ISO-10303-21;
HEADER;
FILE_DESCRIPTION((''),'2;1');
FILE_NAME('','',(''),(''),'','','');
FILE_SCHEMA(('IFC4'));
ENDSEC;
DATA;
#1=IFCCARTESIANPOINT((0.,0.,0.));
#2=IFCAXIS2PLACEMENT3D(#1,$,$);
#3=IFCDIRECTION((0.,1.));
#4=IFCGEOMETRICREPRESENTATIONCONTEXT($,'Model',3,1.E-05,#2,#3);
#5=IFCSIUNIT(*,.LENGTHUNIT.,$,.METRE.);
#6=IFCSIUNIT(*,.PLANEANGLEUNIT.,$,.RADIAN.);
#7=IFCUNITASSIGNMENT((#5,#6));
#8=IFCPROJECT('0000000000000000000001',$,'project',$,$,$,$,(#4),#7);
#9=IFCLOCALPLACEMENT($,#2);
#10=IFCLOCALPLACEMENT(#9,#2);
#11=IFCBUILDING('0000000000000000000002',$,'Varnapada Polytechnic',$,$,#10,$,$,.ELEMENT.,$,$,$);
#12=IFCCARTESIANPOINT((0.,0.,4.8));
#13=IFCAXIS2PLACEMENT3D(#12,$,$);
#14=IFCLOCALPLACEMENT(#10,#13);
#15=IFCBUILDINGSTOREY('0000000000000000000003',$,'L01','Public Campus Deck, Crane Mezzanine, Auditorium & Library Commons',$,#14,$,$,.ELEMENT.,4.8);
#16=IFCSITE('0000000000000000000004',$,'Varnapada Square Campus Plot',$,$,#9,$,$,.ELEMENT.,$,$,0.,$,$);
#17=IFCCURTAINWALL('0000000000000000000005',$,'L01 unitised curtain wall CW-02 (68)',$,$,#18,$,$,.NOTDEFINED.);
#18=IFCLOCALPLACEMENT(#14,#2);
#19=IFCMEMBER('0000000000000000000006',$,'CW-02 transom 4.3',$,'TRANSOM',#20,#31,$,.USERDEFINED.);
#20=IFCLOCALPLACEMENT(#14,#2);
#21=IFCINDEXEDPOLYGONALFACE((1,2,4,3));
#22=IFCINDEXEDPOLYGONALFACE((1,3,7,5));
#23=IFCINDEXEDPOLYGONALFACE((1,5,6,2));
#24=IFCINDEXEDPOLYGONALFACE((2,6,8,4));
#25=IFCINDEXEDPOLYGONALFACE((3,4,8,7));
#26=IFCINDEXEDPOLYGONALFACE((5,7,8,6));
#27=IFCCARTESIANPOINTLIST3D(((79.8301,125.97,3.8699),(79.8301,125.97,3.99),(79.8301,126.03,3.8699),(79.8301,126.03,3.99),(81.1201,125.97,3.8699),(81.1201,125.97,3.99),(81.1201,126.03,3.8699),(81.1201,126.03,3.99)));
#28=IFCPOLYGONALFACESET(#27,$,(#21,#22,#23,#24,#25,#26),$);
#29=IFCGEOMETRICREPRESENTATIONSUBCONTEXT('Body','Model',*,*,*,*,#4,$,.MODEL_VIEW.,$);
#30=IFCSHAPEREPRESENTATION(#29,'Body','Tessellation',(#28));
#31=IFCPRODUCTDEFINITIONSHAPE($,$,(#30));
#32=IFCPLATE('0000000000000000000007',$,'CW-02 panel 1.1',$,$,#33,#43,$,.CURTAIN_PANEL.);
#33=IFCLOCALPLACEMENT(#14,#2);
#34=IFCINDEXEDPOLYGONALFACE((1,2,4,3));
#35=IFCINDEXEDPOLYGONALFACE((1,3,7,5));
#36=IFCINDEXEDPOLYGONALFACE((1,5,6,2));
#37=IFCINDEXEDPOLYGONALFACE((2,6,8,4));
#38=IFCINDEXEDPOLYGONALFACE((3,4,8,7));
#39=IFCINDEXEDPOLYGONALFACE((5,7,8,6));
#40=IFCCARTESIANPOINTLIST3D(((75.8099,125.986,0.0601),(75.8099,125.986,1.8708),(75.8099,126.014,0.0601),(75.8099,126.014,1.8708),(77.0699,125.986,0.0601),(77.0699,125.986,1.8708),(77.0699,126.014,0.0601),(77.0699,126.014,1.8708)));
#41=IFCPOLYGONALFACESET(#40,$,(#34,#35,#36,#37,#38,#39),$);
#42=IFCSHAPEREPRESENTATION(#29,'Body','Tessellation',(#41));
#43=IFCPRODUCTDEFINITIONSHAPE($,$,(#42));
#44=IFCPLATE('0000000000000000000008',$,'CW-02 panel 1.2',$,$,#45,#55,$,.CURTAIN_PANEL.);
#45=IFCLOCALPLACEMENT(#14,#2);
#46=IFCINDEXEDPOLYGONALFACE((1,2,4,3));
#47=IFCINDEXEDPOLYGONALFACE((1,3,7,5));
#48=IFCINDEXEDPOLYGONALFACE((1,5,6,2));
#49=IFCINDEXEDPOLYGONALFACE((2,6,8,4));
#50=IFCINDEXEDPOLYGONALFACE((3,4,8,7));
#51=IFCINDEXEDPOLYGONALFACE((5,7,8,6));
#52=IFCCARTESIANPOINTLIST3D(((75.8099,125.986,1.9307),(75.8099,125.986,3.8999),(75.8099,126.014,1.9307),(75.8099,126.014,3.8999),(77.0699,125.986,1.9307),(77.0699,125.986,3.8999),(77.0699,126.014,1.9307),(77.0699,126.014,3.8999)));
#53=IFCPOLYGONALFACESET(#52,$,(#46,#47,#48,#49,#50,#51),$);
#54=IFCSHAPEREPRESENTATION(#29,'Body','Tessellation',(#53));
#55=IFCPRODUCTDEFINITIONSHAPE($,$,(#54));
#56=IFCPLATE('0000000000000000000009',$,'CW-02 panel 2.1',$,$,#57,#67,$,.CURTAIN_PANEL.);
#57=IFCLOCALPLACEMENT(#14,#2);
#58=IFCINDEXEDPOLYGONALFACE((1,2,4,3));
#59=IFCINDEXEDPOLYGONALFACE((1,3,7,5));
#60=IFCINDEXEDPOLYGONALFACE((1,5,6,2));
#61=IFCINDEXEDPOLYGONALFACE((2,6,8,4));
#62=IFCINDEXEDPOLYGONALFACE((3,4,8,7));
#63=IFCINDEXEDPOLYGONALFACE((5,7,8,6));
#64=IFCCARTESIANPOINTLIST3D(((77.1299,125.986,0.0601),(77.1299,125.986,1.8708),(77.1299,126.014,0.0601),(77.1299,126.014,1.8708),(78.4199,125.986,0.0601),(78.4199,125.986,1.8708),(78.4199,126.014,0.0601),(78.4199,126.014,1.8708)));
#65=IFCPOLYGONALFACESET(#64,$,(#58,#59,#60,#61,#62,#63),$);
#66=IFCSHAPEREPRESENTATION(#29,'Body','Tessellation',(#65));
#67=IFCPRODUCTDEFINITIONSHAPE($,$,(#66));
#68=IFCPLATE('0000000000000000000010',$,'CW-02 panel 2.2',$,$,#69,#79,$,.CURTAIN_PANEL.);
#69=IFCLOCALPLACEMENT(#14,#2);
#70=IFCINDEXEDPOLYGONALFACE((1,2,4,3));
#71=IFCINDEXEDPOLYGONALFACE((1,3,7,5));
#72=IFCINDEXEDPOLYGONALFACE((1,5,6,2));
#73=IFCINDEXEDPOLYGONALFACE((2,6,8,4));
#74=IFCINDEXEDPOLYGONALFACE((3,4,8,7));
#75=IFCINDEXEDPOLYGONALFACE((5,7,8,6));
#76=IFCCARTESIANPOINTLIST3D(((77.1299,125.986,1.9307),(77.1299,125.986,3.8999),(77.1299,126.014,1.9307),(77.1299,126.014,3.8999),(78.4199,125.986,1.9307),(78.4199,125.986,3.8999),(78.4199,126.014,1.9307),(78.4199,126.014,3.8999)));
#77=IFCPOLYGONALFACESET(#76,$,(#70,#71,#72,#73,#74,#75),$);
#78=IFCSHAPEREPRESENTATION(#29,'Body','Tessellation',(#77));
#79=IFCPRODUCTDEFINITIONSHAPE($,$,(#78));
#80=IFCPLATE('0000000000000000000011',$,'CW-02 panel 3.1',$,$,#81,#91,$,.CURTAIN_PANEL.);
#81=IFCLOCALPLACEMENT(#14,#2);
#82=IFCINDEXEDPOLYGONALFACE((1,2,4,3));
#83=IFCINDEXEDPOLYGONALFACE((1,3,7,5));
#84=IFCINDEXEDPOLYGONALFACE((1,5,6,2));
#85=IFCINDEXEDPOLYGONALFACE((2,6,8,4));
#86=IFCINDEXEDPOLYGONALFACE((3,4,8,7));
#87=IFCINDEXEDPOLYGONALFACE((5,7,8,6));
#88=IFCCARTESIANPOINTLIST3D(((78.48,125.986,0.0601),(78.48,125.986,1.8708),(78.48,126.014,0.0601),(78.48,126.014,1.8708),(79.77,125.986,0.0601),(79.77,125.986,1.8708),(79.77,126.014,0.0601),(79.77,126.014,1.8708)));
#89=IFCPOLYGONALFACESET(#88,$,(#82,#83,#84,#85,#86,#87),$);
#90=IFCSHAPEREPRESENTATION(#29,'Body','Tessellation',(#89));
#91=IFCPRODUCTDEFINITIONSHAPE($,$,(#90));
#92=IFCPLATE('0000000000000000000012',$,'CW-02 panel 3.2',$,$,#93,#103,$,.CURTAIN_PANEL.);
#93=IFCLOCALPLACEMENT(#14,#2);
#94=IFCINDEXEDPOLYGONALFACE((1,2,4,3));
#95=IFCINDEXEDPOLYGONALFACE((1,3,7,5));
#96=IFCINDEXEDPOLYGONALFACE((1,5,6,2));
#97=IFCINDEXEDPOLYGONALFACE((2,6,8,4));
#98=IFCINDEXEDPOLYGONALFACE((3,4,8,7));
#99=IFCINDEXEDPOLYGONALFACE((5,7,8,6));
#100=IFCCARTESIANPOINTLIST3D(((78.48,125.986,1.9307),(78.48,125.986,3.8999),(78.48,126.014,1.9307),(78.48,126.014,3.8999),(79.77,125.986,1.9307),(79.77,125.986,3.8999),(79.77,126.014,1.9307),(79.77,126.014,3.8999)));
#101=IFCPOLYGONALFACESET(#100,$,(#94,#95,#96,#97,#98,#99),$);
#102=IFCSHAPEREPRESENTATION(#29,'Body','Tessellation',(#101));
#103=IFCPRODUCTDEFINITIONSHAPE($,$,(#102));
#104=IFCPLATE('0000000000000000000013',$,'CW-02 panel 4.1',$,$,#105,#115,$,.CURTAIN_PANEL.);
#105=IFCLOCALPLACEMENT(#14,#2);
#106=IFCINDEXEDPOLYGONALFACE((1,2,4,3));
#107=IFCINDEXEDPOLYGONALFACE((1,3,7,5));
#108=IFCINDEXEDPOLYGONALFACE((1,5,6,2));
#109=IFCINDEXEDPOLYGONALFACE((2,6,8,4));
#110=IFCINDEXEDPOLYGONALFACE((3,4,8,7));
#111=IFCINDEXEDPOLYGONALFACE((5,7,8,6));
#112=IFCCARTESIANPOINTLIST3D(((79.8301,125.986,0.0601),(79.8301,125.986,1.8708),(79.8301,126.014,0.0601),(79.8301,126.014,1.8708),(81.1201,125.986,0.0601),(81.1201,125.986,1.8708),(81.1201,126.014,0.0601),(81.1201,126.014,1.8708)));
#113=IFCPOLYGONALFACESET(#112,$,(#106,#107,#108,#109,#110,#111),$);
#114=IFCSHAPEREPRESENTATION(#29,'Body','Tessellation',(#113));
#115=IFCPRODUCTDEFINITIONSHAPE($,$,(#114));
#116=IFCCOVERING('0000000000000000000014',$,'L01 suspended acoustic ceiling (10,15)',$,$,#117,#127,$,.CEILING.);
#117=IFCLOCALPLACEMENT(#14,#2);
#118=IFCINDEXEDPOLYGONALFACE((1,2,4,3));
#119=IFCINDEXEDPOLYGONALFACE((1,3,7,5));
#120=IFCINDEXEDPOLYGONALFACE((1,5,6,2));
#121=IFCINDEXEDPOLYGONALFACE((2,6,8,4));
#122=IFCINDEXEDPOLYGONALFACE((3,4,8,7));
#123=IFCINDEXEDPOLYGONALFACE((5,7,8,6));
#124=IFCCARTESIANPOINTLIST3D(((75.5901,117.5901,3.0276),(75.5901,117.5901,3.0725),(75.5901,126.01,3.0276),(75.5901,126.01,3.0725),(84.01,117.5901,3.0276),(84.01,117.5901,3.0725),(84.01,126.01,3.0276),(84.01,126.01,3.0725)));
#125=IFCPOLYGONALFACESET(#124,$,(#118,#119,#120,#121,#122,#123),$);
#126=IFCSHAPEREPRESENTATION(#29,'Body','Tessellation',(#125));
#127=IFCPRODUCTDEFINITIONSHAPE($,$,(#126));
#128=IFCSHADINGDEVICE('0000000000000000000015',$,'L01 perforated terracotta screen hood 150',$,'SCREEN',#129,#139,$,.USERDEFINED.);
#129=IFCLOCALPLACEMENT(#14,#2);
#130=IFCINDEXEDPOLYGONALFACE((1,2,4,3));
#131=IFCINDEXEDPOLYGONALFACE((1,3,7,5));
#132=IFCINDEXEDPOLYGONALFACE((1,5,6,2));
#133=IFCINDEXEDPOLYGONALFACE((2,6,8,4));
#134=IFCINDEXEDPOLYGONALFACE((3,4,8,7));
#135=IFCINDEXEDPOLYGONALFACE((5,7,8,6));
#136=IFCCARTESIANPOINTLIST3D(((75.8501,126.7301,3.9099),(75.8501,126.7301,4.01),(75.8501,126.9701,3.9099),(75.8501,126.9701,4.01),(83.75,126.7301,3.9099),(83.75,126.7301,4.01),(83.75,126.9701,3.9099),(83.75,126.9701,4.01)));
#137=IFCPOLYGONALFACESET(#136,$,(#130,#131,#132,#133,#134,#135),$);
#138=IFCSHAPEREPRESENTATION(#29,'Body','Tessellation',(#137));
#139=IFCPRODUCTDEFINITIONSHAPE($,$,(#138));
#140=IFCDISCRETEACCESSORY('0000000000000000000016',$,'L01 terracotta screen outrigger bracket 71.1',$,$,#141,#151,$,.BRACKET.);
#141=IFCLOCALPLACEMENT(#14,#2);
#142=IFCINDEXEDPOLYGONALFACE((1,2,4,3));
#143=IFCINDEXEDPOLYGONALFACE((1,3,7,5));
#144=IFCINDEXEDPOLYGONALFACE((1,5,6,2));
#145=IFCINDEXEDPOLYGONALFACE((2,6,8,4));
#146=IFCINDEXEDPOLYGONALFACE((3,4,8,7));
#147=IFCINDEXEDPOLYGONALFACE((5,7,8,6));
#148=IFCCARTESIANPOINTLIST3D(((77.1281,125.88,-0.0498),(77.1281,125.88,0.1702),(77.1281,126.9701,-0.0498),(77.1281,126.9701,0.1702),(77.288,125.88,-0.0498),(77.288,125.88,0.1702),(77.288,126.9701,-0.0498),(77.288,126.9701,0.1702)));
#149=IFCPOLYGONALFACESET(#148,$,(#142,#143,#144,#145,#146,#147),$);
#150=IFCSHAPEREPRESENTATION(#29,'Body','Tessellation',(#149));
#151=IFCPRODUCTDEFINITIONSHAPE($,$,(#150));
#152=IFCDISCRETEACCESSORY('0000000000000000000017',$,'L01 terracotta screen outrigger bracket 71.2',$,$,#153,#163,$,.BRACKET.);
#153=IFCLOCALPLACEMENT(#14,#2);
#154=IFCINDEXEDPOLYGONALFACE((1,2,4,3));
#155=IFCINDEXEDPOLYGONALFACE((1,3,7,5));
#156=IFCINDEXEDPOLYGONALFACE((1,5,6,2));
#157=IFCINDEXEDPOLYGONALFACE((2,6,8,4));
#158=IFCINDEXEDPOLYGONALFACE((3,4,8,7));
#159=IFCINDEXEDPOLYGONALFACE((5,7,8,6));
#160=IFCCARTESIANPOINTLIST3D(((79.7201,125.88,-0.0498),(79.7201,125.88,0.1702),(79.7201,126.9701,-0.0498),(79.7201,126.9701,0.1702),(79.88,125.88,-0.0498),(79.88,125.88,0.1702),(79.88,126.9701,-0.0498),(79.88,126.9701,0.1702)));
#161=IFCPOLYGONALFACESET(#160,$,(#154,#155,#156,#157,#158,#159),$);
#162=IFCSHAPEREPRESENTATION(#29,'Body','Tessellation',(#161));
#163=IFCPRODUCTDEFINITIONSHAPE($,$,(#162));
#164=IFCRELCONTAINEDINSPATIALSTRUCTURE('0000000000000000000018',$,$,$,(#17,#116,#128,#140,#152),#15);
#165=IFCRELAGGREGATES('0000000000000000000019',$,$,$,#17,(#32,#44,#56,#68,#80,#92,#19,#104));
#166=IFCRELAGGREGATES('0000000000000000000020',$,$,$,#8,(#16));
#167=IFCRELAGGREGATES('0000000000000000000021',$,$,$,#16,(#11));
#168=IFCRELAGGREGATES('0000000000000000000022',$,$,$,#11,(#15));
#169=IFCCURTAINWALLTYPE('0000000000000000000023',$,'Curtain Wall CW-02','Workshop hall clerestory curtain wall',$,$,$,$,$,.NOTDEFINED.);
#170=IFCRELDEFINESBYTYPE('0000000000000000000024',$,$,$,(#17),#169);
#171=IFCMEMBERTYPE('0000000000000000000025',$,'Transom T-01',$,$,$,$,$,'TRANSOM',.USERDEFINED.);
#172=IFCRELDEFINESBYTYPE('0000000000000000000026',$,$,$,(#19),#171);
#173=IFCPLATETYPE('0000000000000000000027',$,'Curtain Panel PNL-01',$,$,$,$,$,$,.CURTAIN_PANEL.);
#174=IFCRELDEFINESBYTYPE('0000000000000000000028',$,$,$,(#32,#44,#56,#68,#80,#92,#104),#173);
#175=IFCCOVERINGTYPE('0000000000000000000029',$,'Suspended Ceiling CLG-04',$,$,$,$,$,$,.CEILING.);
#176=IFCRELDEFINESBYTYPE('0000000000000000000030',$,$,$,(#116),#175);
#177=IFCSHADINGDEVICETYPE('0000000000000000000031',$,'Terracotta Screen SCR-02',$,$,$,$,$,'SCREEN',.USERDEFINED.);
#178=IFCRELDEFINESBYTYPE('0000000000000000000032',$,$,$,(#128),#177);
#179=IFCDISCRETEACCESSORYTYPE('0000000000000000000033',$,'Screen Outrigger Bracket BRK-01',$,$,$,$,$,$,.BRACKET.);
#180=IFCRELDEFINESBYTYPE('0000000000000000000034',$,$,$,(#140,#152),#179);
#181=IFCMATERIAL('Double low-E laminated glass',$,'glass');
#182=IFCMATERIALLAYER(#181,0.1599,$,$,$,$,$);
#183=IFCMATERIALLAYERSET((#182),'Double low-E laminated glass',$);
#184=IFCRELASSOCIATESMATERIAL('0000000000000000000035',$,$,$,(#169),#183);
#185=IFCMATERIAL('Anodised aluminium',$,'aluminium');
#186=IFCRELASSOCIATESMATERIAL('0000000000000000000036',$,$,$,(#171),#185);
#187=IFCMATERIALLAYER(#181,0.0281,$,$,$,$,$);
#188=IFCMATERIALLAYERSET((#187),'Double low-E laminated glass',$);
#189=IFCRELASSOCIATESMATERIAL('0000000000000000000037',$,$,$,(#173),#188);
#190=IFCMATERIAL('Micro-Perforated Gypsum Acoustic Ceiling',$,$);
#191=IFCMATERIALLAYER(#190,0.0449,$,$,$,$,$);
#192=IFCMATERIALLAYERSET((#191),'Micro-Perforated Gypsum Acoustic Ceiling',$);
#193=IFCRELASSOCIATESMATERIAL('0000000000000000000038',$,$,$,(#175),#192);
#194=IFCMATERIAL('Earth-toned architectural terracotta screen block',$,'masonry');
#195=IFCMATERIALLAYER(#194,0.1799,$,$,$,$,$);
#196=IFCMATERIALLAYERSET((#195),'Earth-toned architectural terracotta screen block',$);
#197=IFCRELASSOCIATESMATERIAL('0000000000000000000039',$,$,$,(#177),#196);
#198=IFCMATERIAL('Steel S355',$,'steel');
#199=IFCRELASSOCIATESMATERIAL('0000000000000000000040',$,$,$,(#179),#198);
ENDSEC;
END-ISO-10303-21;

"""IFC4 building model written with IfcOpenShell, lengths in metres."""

from ifc_helpers import new_model, si_unit, direction, frame, origin, origin_2d, place, context, subcontext, project, spatial, rectangle, extrude, material, layer, layer_set, material_profile, profile_set, type_object, element, aggregate, save


model = new_model("IFC4")

# Units and contexts
model_context = context("Model", 3, precision=1e-05, world=origin(), true_north=direction((0.0, 1.0)))
body_context = subcontext(model_context, "Body", "Model", "MODEL_VIEW")
ifc_project = project(units=[si_unit("LENGTHUNIT", "METRE"), si_unit("PLANEANGLEUNIT", "RADIAN")], contexts=[model_context])

# Site, building, storey
site_placement = place(None, origin())
site = spatial("IfcSite", under=ifc_project, at=site_placement, Name="Varnapada Square Campus Plot", CompositionType="ELEMENT", RefElevation=0.0)
building_placement = place(site_placement, origin())
building = spatial("IfcBuilding", under=site, at=building_placement, Name="Varnapada Polytechnic", CompositionType="ELEMENT")
storey_placement = place(building_placement, frame((0.0, 0.0, 4.8)))
storey = spatial("IfcBuildingStorey", under=building, at=storey_placement, Name="L01", Description="Public Campus Deck, Crane Mezzanine, Auditorium & Library Commons", CompositionType="ELEMENT", Elevation=4.8)

# Curtain wall, member, plates
ifc_material_1 = material(Name="Double low-E laminated glass", Category="glass")
ifc_layer_1 = layer(ifc_material_1, 0.1599)
ifc_layer_set_1 = layer_set([ifc_layer_1], Name="Double low-E laminated glass")
curtain_wall_type = type_object("IfcCurtainWallType", Name="Curtain Wall CW-02", Description="Workshop hall clerestory curtain wall", PredefinedType="NOTDEFINED", material=ifc_layer_set_1)
curtain_wall_placement = place(storey_placement, origin())
curtain_wall = element("IfcCurtainWall", 1, at=curtain_wall_placement, inside=storey, type_object=curtain_wall_type, Name="L01 unitised curtain wall CW-02 (68)", PredefinedType="NOTDEFINED")
ifc_material_2 = material(Name="Anodised aluminium", Category="aluminium")
ifc_material_profile_1 = material_profile(ifc_material_2, rectangle(XDim=0.0601, YDim=0.1201, at=origin_2d()), Name="ALU T60x120")
ifc_profile_set_1 = profile_set([ifc_material_profile_1], Name="Anodised aluminium")
member_type_1 = type_object("IfcMemberType", Name="Transom T-01", ElementType="TRANSOM", PredefinedType="USERDEFINED", material=ifc_profile_set_1)
member_1_placement = place(storey_placement, frame((79.8301, 126.0, 3.9299), z_axis=(1.0, 0.0, 0.0), x_axis=(0.0, 1.0, 0.0)))
member_1 = element("IfcMember", 2, at=member_1_placement, type_object=member_type_1, Name="CW-02 transom 4.3", ObjectType="TRANSOM", PredefinedType="USERDEFINED", context=body_context, shape_type="SweptSolid", body=[
    extrude(rectangle(XDim=0.0601, YDim=0.1201, at=origin_2d()), origin(), (0.0, 0.0, 1.0), 1.29),
])
ifc_layer_2 = layer(ifc_material_1, 0.0281)
ifc_layer_set_2 = layer_set([ifc_layer_2], Name="Double low-E laminated glass")
plate_type = type_object("IfcPlateType", Name="Curtain Panel PNL-01", PredefinedType="CURTAIN_PANEL", material=ifc_layer_set_2)
plate_1_placement = place(storey_placement, frame((76.4399, 126.0, 0.0601), z_axis=(0.0, 0.0, 1.0), x_axis=(1.0, 0.0, 0.0)))
plate_1 = element("IfcPlate", 3, at=plate_1_placement, type_object=plate_type, Name="CW-02 panel 1.1", PredefinedType="CURTAIN_PANEL", context=body_context, shape_type="SweptSolid", body=[
    extrude(rectangle(XDim=1.26, YDim=0.0281, at=origin_2d()), origin(), (0.0, 0.0, 1.0), 1.8108),
])
plate_2_placement = place(storey_placement, frame((76.4399, 126.0, 1.9307), z_axis=(0.0, 0.0, 1.0), x_axis=(1.0, 0.0, 0.0)))
plate_2 = element("IfcPlate", 4, at=plate_2_placement, type_object=plate_type, Name="CW-02 panel 1.2", PredefinedType="CURTAIN_PANEL", context=body_context, shape_type="SweptSolid", body=[
    extrude(rectangle(XDim=1.26, YDim=0.0281, at=origin_2d()), origin(), (0.0, 0.0, 1.0), 1.9692),
])
plate_3_placement = place(storey_placement, frame((77.7749, 126.0, 0.0601), z_axis=(0.0, 0.0, 1.0), x_axis=(1.0, 0.0, 0.0)))
plate_3 = element("IfcPlate", 5, at=plate_3_placement, type_object=plate_type, Name="CW-02 panel 2.1", PredefinedType="CURTAIN_PANEL", context=body_context, shape_type="SweptSolid", body=[
    extrude(rectangle(XDim=1.29, YDim=0.0281, at=origin_2d()), origin(), (0.0, 0.0, 1.0), 1.8108),
])
plate_4_placement = place(storey_placement, frame((77.7749, 126.0, 1.9307), z_axis=(0.0, 0.0, 1.0), x_axis=(1.0, 0.0, 0.0)))
plate_4 = element("IfcPlate", 6, at=plate_4_placement, type_object=plate_type, Name="CW-02 panel 2.2", PredefinedType="CURTAIN_PANEL", context=body_context, shape_type="SweptSolid", body=[
    extrude(rectangle(XDim=1.29, YDim=0.0281, at=origin_2d()), origin(), (0.0, 0.0, 1.0), 1.9692),
])
plate_5_placement = place(storey_placement, frame((79.125, 126.0, 0.0601), z_axis=(0.0, 0.0, 1.0), x_axis=(1.0, 0.0, 0.0)))
plate_5 = element("IfcPlate", 7, at=plate_5_placement, type_object=plate_type, Name="CW-02 panel 3.1", PredefinedType="CURTAIN_PANEL", context=body_context, shape_type="SweptSolid", body=[
    extrude(rectangle(XDim=1.29, YDim=0.0281, at=origin_2d()), origin(), (0.0, 0.0, 1.0), 1.8108),
])
plate_6_placement = place(storey_placement, frame((79.125, 126.0, 1.9307), z_axis=(0.0, 0.0, 1.0), x_axis=(1.0, 0.0, 0.0)))
plate_6 = element("IfcPlate", 8, at=plate_6_placement, type_object=plate_type, Name="CW-02 panel 3.2", PredefinedType="CURTAIN_PANEL", context=body_context, shape_type="SweptSolid", body=[
    extrude(rectangle(XDim=1.29, YDim=0.0281, at=origin_2d()), origin(), (0.0, 0.0, 1.0), 1.9692),
])
plate_7_placement = place(storey_placement, frame((80.4751, 126.0, 0.0601), z_axis=(0.0, 0.0, 1.0), x_axis=(1.0, 0.0, 0.0)))
plate_7 = element("IfcPlate", 9, at=plate_7_placement, type_object=plate_type, Name="CW-02 panel 4.1", PredefinedType="CURTAIN_PANEL", context=body_context, shape_type="SweptSolid", body=[
    extrude(rectangle(XDim=1.29, YDim=0.0281, at=origin_2d()), origin(), (0.0, 0.0, 1.0), 1.8108),
])
aggregate(curtain_wall, [plate_1, plate_2, plate_3, plate_4, plate_5, plate_6, member_1, plate_7])

# Covering
ifc_material_3 = material(Name="Micro-Perforated Gypsum Acoustic Ceiling")
ifc_layer_3 = layer(ifc_material_3, 0.0449)
ifc_layer_set_3 = layer_set([ifc_layer_3], Name="Micro-Perforated Gypsum Acoustic Ceiling")
covering_type = type_object("IfcCoveringType", Name="Suspended Ceiling CLG-04", PredefinedType="CEILING", material=ifc_layer_set_3)
covering_placement = place(storey_placement, frame((79.8, 121.8, 3.0276), z_axis=(0.0, 0.0, 1.0), x_axis=(1.0, 0.0, 0.0)))
element("IfcCovering", 10, at=covering_placement, inside=storey, type_object=covering_type, Name="L01 suspended acoustic ceiling (10,15)", PredefinedType="CEILING", context=body_context, shape_type="SweptSolid", body=[
    extrude(rectangle(XDim=8.4199, YDim=8.4199, at=origin_2d()), origin(), (0.0, 0.0, 1.0), 0.0449),
])

# Shading device
ifc_material_4 = material(Name="Earth-toned architectural terracotta screen block", Category="masonry")
ifc_layer_4 = layer(ifc_material_4, 0.1799)
ifc_layer_set_4 = layer_set([ifc_layer_4], Name="Earth-toned architectural terracotta screen block")
shading_device_type = type_object("IfcShadingDeviceType", Name="Terracotta Screen SCR-02", ElementType="SCREEN", PredefinedType="USERDEFINED", material=ifc_layer_set_4)
shading_device_placement = place(storey_placement, frame((79.8, 126.8501, 3.9099), z_axis=(0.0, 0.0, 1.0), x_axis=(1.0, 0.0, 0.0)))
element("IfcShadingDevice", 11, at=shading_device_placement, inside=storey, type_object=shading_device_type, Name="L01 perforated terracotta screen hood 150", ObjectType="SCREEN", PredefinedType="USERDEFINED", context=body_context, shape_type="SweptSolid", body=[
    extrude(rectangle(XDim=7.8999, YDim=0.24, at=origin_2d()), origin(), (0.0, 0.0, 1.0), 0.1001),
])

# Discrete accessories
ifc_material_5 = material(Name="Steel S355", Category="steel")
discrete_accessory_type = type_object("IfcDiscreteAccessoryType", Name="Screen Outrigger Bracket BRK-01", PredefinedType="BRACKET", material=ifc_material_5)
for number, where, z_axis, x_axis, name in (
    (12, (77.208, 126.425, -0.0498), (0.0, 0.0, 1.0), (1.0, 0.0, 0.0), "L01 terracotta screen outrigger bracket 71.1"),
    (13, (79.8, 126.425, -0.0498), (0.0, 0.0, 1.0), (1.0, 0.0, 0.0), "L01 terracotta screen outrigger bracket 71.2"),
):
    element("IfcDiscreteAccessory", number, at=place(storey_placement, frame(where, z_axis=z_axis, x_axis=x_axis)), inside=storey, type_object=discrete_accessory_type, Name=name, PredefinedType="BRACKET", context=body_context, shape_type="SweptSolid", body=[
        extrude(rectangle(XDim=0.1599, YDim=1.0901, at=origin_2d()), origin(), (0.0, 0.0, 1.0), 0.22),
    ])

save(model, "model.ifc")
